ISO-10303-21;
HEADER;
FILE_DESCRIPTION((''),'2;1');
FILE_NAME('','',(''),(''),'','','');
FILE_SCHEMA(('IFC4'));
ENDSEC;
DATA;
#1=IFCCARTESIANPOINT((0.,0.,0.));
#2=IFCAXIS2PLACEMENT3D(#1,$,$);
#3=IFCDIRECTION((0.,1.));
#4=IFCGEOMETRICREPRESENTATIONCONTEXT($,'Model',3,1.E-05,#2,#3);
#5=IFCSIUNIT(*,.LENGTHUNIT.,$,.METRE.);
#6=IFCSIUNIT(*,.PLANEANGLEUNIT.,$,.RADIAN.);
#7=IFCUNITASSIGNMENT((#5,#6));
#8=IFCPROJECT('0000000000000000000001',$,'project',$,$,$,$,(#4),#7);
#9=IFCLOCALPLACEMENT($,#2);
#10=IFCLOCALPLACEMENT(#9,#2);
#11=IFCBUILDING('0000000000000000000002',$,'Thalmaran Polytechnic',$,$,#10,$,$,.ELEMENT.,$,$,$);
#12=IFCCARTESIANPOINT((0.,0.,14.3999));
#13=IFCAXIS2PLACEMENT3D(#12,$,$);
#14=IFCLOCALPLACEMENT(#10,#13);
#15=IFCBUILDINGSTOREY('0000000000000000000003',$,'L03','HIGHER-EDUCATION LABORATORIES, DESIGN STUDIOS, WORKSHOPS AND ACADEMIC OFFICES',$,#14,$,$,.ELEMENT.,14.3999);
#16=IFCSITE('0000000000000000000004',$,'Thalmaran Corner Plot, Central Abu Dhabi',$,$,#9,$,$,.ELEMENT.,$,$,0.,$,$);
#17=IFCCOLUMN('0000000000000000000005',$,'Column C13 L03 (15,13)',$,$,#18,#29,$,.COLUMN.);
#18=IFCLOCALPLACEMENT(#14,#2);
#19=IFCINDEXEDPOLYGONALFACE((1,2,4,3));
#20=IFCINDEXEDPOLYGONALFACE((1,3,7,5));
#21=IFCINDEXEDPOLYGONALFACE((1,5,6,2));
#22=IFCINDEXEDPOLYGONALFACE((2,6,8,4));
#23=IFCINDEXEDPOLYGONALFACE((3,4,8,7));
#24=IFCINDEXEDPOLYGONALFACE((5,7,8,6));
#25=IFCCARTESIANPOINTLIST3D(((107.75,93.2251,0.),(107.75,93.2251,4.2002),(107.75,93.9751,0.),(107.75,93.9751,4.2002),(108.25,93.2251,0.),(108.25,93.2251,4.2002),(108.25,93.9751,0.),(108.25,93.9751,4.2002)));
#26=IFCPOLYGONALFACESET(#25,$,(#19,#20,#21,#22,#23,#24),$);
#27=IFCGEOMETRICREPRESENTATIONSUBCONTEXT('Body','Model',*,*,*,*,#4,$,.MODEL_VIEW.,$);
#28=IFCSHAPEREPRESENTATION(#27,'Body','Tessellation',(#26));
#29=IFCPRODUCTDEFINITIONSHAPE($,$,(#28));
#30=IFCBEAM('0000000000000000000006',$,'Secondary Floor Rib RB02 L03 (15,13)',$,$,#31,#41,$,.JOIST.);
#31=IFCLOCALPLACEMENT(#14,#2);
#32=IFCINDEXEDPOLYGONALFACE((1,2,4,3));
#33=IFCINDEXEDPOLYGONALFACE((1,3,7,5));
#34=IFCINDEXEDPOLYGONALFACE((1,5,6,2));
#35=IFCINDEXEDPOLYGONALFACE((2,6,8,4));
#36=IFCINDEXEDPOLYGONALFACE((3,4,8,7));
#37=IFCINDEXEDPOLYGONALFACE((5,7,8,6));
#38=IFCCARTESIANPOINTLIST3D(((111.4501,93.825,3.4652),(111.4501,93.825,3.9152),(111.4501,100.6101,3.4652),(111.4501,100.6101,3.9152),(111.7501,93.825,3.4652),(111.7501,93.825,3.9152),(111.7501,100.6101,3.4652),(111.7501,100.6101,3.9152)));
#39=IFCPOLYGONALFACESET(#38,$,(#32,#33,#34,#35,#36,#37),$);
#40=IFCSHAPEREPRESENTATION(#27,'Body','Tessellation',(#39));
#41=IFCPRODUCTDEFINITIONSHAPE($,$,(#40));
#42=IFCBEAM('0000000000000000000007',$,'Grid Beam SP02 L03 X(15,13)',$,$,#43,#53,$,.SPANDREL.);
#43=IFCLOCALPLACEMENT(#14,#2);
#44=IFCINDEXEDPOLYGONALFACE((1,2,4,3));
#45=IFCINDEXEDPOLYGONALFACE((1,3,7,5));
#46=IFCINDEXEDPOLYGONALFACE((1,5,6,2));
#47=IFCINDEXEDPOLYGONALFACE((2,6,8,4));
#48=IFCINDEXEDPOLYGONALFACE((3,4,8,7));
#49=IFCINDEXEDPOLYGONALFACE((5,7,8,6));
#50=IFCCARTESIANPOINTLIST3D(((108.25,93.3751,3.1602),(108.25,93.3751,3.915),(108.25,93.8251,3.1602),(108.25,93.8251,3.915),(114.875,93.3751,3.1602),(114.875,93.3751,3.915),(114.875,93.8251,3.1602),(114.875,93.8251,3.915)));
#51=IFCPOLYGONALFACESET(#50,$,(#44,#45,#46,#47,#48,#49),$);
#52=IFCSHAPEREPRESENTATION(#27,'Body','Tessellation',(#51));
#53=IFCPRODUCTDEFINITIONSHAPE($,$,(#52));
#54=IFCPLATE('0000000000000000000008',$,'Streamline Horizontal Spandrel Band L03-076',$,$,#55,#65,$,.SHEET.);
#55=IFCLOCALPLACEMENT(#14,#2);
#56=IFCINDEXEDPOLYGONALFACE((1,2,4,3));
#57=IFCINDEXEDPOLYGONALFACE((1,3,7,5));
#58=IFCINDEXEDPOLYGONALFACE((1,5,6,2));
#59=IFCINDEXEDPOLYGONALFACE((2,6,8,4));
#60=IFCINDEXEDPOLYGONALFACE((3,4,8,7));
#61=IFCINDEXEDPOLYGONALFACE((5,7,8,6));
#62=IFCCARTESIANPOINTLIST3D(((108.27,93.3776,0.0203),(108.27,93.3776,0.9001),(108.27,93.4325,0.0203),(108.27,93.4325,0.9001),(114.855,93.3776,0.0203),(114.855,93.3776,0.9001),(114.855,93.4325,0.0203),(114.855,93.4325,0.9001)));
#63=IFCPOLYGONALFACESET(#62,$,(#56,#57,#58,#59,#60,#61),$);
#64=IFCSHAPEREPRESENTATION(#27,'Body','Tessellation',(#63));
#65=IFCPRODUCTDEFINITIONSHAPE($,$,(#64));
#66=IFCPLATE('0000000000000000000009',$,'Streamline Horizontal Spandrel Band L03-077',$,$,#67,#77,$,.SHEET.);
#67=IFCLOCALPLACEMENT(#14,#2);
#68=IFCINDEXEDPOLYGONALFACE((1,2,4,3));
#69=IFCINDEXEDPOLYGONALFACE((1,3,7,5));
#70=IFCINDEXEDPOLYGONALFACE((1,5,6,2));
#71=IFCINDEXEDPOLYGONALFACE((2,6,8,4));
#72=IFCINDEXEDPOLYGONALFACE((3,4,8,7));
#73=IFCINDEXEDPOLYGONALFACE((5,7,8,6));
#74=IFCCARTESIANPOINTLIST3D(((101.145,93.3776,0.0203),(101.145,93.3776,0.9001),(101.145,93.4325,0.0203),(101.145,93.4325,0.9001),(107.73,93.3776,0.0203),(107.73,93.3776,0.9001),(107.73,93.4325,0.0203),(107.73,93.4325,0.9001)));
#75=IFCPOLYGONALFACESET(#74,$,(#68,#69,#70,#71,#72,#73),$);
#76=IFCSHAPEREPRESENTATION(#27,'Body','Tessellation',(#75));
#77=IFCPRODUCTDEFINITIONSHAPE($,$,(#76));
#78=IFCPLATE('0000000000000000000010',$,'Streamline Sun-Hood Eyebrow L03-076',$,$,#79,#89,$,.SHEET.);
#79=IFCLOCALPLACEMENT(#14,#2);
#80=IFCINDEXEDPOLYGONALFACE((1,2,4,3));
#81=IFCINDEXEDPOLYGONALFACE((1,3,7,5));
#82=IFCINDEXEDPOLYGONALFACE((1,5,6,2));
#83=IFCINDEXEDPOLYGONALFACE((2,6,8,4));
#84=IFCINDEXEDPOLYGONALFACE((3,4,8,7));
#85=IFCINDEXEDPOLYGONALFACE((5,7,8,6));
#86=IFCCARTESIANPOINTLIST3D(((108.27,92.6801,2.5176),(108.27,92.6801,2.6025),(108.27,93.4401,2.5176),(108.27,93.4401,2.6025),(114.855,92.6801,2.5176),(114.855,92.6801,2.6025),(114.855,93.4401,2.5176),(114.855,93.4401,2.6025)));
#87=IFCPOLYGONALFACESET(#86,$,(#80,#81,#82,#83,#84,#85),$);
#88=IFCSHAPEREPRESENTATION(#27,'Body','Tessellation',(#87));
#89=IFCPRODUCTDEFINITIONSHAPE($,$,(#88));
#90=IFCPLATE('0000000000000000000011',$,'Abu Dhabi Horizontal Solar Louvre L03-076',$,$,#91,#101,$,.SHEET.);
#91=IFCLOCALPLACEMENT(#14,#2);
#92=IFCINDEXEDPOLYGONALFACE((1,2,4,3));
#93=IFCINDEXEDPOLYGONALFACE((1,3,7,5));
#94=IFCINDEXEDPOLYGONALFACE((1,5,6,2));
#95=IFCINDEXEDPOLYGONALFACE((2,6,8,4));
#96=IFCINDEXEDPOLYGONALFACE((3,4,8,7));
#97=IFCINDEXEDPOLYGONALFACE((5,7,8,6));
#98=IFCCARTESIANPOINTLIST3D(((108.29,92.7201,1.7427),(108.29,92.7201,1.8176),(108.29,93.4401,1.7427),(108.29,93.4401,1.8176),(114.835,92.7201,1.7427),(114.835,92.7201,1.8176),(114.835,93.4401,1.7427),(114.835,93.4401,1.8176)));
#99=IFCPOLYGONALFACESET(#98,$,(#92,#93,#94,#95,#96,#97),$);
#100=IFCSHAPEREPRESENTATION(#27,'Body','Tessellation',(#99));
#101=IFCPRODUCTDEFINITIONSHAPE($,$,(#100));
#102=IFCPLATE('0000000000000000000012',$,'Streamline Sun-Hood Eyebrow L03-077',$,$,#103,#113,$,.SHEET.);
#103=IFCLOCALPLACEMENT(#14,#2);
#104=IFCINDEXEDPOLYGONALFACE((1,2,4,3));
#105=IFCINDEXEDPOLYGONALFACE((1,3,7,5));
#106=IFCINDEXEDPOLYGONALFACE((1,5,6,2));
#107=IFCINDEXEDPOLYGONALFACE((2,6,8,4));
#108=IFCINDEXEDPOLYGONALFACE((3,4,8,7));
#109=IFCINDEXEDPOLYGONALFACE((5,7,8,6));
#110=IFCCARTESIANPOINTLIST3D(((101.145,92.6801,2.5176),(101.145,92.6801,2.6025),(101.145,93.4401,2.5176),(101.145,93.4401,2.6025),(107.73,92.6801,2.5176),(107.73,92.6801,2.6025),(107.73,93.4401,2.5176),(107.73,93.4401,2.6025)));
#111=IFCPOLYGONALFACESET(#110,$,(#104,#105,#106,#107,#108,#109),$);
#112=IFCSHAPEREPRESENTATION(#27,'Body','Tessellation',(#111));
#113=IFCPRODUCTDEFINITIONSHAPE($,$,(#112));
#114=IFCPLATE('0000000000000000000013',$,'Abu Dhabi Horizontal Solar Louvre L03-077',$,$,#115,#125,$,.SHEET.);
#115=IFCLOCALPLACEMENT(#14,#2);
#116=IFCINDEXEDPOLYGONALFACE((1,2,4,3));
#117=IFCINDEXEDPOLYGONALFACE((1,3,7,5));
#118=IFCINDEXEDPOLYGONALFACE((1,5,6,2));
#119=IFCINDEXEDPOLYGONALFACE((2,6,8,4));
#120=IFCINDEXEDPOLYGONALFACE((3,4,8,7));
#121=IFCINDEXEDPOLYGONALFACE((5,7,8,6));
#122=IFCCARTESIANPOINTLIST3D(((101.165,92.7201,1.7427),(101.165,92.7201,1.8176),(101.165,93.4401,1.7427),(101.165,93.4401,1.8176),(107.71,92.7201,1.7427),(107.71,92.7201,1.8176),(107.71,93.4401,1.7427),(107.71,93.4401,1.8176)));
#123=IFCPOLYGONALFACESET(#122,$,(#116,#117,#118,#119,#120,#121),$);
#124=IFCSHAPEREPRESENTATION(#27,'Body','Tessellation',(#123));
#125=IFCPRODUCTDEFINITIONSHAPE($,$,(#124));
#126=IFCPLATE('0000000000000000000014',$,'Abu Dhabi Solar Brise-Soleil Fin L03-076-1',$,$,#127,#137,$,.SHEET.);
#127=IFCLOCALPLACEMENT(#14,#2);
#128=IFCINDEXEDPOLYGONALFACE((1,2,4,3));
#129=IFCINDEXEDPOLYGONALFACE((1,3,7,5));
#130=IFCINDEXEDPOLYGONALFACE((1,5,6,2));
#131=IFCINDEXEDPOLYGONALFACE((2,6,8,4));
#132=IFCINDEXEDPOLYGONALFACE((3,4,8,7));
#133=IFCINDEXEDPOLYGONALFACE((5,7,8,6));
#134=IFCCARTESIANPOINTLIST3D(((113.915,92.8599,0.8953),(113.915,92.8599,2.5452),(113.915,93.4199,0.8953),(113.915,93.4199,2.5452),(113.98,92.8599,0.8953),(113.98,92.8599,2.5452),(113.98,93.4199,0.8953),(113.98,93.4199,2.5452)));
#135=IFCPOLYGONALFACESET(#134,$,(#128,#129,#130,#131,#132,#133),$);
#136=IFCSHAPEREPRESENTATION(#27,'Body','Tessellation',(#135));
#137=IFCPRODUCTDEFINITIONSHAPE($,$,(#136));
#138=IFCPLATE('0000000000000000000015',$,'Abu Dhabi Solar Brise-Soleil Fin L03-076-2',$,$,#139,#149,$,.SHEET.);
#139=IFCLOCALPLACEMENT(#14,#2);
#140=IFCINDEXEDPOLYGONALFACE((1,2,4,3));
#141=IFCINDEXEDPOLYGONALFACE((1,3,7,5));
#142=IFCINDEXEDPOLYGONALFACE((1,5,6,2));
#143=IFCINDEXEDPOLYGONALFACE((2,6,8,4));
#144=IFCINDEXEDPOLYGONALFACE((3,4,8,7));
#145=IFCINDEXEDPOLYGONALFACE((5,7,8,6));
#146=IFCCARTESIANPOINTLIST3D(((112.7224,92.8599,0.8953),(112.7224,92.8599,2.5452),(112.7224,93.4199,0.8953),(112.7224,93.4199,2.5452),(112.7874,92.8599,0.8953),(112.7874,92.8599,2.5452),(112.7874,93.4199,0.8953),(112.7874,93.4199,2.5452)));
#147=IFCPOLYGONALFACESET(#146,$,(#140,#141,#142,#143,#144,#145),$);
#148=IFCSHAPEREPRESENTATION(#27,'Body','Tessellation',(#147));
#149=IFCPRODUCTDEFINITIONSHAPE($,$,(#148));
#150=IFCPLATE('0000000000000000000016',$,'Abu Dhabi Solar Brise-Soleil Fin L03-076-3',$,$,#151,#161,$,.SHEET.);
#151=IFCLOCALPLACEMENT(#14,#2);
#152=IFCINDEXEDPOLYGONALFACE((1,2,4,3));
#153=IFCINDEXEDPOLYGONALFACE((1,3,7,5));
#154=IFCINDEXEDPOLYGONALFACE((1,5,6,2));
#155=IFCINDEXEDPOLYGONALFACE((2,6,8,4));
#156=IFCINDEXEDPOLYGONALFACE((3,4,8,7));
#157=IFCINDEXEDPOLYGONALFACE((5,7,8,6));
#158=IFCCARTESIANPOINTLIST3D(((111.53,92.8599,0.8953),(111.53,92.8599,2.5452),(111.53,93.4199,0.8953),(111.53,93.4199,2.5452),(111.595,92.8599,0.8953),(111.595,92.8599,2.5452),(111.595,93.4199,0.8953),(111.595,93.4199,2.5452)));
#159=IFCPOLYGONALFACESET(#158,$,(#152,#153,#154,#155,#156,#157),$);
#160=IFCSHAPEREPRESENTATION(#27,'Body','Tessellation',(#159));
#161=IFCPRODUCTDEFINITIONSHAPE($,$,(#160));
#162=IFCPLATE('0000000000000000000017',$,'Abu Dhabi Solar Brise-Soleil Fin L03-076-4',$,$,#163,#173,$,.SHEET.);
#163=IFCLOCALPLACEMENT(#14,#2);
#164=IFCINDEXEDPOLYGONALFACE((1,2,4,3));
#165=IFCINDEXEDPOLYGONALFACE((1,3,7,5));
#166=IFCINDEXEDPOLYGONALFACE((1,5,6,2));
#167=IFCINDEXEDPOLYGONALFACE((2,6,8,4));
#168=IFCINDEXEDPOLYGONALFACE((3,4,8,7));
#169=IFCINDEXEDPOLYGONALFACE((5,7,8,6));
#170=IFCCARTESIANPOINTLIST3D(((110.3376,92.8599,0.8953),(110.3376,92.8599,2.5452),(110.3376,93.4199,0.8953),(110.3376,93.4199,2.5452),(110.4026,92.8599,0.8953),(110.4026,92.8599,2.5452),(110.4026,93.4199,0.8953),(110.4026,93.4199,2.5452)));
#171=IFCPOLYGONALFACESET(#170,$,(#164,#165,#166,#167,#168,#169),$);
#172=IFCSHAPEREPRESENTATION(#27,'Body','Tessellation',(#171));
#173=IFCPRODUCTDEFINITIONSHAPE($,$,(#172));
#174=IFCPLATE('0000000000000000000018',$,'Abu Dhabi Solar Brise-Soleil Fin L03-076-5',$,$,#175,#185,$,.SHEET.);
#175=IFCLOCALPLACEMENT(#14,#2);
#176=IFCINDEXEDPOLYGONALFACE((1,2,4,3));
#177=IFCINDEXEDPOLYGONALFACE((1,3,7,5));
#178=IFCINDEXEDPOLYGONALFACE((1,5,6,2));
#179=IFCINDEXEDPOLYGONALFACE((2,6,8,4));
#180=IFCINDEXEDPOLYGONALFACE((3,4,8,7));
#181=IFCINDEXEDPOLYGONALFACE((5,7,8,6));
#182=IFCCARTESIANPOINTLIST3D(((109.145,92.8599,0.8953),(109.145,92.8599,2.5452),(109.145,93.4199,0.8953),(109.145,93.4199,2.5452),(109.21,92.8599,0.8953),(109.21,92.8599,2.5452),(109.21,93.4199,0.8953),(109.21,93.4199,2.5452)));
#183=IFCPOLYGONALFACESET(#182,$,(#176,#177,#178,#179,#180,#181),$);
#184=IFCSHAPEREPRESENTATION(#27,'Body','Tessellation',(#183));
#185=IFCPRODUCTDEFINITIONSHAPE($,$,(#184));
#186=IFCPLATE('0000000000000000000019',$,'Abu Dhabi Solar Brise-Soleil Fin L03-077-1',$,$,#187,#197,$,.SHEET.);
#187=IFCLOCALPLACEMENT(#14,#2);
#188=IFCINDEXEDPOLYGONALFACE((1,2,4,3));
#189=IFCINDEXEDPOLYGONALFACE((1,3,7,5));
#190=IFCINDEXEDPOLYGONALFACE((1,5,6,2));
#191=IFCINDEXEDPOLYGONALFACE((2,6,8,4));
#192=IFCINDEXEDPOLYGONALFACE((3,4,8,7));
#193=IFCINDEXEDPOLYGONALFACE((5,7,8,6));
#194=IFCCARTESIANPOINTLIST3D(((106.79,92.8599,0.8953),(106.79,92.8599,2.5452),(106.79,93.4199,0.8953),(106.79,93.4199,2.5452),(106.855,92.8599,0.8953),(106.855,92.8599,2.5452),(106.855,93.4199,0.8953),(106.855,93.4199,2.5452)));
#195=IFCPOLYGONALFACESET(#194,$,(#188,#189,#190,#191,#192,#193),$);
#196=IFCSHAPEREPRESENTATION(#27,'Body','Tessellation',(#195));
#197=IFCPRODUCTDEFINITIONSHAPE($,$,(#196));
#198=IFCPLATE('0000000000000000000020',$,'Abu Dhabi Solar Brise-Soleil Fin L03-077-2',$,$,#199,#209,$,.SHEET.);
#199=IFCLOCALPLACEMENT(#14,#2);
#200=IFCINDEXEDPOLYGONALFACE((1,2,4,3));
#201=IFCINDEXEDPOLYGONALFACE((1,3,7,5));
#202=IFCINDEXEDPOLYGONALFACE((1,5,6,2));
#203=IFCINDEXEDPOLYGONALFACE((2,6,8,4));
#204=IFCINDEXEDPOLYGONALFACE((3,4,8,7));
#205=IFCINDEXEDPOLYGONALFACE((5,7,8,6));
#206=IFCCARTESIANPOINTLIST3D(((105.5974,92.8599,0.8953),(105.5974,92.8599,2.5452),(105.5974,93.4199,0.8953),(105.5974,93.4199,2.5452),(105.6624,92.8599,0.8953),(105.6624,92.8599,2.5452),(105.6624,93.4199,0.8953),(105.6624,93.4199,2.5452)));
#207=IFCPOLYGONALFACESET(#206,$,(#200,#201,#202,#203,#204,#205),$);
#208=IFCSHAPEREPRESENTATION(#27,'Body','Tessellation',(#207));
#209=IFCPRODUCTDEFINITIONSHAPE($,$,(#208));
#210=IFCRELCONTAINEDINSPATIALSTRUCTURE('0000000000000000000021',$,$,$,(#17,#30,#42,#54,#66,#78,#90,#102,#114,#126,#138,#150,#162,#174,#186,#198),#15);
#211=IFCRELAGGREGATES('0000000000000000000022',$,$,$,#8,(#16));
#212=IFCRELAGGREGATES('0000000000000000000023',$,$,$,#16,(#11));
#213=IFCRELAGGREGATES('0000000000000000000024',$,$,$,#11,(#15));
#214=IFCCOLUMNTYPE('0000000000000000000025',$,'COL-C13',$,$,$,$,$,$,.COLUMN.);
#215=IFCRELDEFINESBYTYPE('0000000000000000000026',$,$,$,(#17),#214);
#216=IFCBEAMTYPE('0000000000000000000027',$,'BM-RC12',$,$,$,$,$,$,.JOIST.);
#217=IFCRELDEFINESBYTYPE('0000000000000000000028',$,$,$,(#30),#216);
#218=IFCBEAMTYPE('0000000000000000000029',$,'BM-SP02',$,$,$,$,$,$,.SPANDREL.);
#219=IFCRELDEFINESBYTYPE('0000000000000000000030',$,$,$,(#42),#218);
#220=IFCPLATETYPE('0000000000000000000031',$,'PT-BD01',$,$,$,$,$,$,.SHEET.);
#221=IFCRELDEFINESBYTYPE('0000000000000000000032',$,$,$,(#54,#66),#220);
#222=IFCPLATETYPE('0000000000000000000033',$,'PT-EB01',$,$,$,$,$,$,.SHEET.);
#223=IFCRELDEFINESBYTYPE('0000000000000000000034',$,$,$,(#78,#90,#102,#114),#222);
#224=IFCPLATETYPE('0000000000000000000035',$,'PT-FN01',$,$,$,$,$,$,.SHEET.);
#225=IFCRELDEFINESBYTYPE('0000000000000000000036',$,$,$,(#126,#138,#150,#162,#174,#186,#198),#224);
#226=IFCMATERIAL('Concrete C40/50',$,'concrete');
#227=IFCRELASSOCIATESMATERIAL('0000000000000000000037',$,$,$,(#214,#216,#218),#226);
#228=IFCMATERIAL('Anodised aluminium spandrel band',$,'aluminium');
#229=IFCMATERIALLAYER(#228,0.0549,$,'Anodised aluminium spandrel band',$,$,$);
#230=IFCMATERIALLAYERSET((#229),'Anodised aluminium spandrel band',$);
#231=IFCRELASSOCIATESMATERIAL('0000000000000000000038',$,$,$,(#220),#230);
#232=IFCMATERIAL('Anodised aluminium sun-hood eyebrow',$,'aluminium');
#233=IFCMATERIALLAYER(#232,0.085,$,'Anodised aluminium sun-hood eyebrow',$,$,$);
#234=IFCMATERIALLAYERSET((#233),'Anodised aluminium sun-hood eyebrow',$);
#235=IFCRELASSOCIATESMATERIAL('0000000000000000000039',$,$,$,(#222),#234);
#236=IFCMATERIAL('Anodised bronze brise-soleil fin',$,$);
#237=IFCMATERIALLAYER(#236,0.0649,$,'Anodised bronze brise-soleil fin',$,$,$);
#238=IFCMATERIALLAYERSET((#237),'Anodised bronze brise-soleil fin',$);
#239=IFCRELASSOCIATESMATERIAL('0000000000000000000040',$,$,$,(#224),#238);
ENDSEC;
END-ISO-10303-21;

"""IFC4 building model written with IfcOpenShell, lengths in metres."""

from ifc_helpers import new_model, si_unit, direction, frame, origin, origin_2d, place, context, subcontext, project, spatial, rectangle, extrude, material, layer, layer_set, material_profile, profile_set, type_object, element, save


model = new_model("IFC4")

# Units and contexts
model_context = context("Model", 3, precision=1e-05, world=origin(), true_north=direction((0.0, 1.0)))
body_context = subcontext(model_context, "Body", "Model", "MODEL_VIEW")
ifc_project = project(units=[si_unit("LENGTHUNIT", "METRE"), si_unit("PLANEANGLEUNIT", "RADIAN")], contexts=[model_context])

# Site, building, storey
site_placement = place(None, origin())
site = spatial("IfcSite", under=ifc_project, at=site_placement, Name="Thalmaran Corner Plot, Central Abu Dhabi", CompositionType="ELEMENT", RefElevation=0.0)
building_placement = place(site_placement, origin())
building = spatial("IfcBuilding", under=site, at=building_placement, Name="Thalmaran Polytechnic", CompositionType="ELEMENT")
storey_placement = place(building_placement, frame((0.0, 0.0, 14.3999)))
storey = spatial("IfcBuildingStorey", under=building, at=storey_placement, Name="L03", Description="HIGHER-EDUCATION LABORATORIES, DESIGN STUDIOS, WORKSHOPS AND ACADEMIC OFFICES", CompositionType="ELEMENT", Elevation=14.3999)

# Column
ifc_material_1 = material(Name="Concrete C40/50", Category="concrete")
ifc_material_profile_1 = material_profile(ifc_material_1, rectangle(XDim=0.5, YDim=0.75, at=origin_2d()), Name="RC 500x750")
ifc_profile_set_1 = profile_set([ifc_material_profile_1], Name="Concrete C40/50")
column_type = type_object("IfcColumnType", Name="COL-C13", PredefinedType="COLUMN", material=ifc_profile_set_1)
column_placement = place(storey_placement, frame((108.0, 93.6001, 0.0), z_axis=(0.0, 0.0, 1.0), x_axis=(1.0, 0.0, 0.0)))
element("IfcColumn", 1, at=column_placement, inside=storey, type_object=column_type, Name="Column C13 L03 (15,13)", PredefinedType="COLUMN", context=body_context, shape_type="SweptSolid", body=[
    extrude(rectangle(XDim=0.5, YDim=0.75, at=origin_2d()), origin(), (0.0, 0.0, 1.0), 4.2002),
])

# Beams
ifc_material_profile_2 = material_profile(ifc_material_1, rectangle(XDim=0.3, YDim=0.45, at=origin_2d()), Name="RC 300x450")
ifc_profile_set_2 = profile_set([ifc_material_profile_2], Name="Concrete C40/50")
beam_type_1 = type_object("IfcBeamType", Name="BM-RC12", PredefinedType="JOIST", material=ifc_profile_set_2)
beam_1_placement = place(storey_placement, frame((111.6001, 93.825, 3.6902), z_axis=(0.0, 1.0, 0.0), x_axis=(-1.0, 0.0, 0.0)))
element("IfcBeam", 2, at=beam_1_placement, inside=storey, type_object=beam_type_1, Name="Secondary Floor Rib RB02 L03 (15,13)", PredefinedType="JOIST", context=body_context, shape_type="SweptSolid", body=[
    extrude(rectangle(XDim=0.3, YDim=0.45, at=origin_2d()), origin(), (0.0, 0.0, 1.0), 6.7852),
])
ifc_material_profile_3 = material_profile(ifc_material_1, rectangle(XDim=0.45, YDim=0.7549, at=origin_2d()), Name="RC 450x755")
ifc_profile_set_3 = profile_set([ifc_material_profile_3], Name="Concrete C40/50")
beam_type_2 = type_object("IfcBeamType", Name="BM-SP02", PredefinedType="SPANDREL", material=ifc_profile_set_3)
beam_2_placement = place(storey_placement, frame((108.25, 93.6001, 3.5376), z_axis=(1.0, 0.0, 0.0), x_axis=(0.0, 1.0, 0.0)))
element("IfcBeam", 3, at=beam_2_placement, inside=storey, type_object=beam_type_2, Name="Grid Beam SP02 L03 X(15,13)", PredefinedType="SPANDREL", context=body_context, shape_type="SweptSolid", body=[
    extrude(rectangle(XDim=0.45, YDim=0.7549, at=origin_2d()), origin(), (0.0, 0.0, 1.0), 6.625),
])

# Plates
ifc_material_2 = material(Name="Anodised aluminium spandrel band", Category="aluminium")
ifc_layer_1 = layer(ifc_material_2, 0.0549, Name="Anodised aluminium spandrel band")
ifc_layer_set_1 = layer_set([ifc_layer_1], Name="Anodised aluminium spandrel band")
plate_type_1 = type_object("IfcPlateType", Name="PT-BD01", PredefinedType="SHEET", material=ifc_layer_set_1)
for number, where, z_axis, x_axis, name in (
    (4, (111.5625, 93.405, 0.0203), (0.0, 0.0, 1.0), (-1.0, 0.0, 0.0), "Streamline Horizontal Spandrel Band L03-076"),
    (5, (104.4375, 93.405, 0.0203), (0.0, 0.0, 1.0), (-1.0, 0.0, 0.0), "Streamline Horizontal Spandrel Band L03-077"),
):
    element("IfcPlate", number, at=place(storey_placement, frame(where, z_axis=z_axis, x_axis=x_axis)), inside=storey, type_object=plate_type_1, Name=name, PredefinedType="SHEET", context=body_context, shape_type="SweptSolid", body=[
        extrude(rectangle(XDim=6.585, YDim=0.0549, at=origin_2d()), origin(), (0.0, 0.0, 1.0), 0.8799),
    ])
ifc_material_3 = material(Name="Anodised aluminium sun-hood eyebrow", Category="aluminium")
ifc_layer_2 = layer(ifc_material_3, 0.085, Name="Anodised aluminium sun-hood eyebrow")
ifc_layer_set_2 = layer_set([ifc_layer_2], Name="Anodised aluminium sun-hood eyebrow")
plate_type_2 = type_object("IfcPlateType", Name="PT-EB01", PredefinedType="SHEET", material=ifc_layer_set_2)
plate_1_placement = place(storey_placement, frame((111.5625, 93.0601, 2.5176), z_axis=(0.0, 0.0, 1.0), x_axis=(-1.0, 0.0, 0.0)))
element("IfcPlate", 6, at=plate_1_placement, inside=storey, type_object=plate_type_2, Name="Streamline Sun-Hood Eyebrow L03-076", PredefinedType="SHEET", context=body_context, shape_type="SweptSolid", body=[
    extrude(rectangle(XDim=6.585, YDim=0.76, at=origin_2d()), origin(), (0.0, 0.0, 1.0), 0.085),
])
plate_2_placement = place(storey_placement, frame((111.5625, 93.0801, 1.7427), z_axis=(0.0, 0.0, 1.0), x_axis=(-1.0, 0.0, 0.0)))
element("IfcPlate", 7, at=plate_2_placement, inside=storey, type_object=plate_type_2, Name="Abu Dhabi Horizontal Solar Louvre L03-076", PredefinedType="SHEET", context=body_context, shape_type="SweptSolid", body=[
    extrude(rectangle(XDim=6.5449, YDim=0.72, at=origin_2d()), origin(), (0.0, 0.0, 1.0), 0.075),
])
plate_3_placement = place(storey_placement, frame((104.4375, 93.0601, 2.5176), z_axis=(0.0, 0.0, 1.0), x_axis=(-1.0, 0.0, 0.0)))
element("IfcPlate", 8, at=plate_3_placement, inside=storey, type_object=plate_type_2, Name="Streamline Sun-Hood Eyebrow L03-077", PredefinedType="SHEET", context=body_context, shape_type="SweptSolid", body=[
    extrude(rectangle(XDim=6.585, YDim=0.76, at=origin_2d()), origin(), (0.0, 0.0, 1.0), 0.085),
])
plate_4_placement = place(storey_placement, frame((104.4375, 93.0801, 1.7427), z_axis=(0.0, 0.0, 1.0), x_axis=(-1.0, 0.0, 0.0)))
element("IfcPlate", 9, at=plate_4_placement, inside=storey, type_object=plate_type_2, Name="Abu Dhabi Horizontal Solar Louvre L03-077", PredefinedType="SHEET", context=body_context, shape_type="SweptSolid", body=[
    extrude(rectangle(XDim=6.5449, YDim=0.72, at=origin_2d()), origin(), (0.0, 0.0, 1.0), 0.075),
])
ifc_material_4 = material(Name="Anodised bronze brise-soleil fin")
ifc_layer_3 = layer(ifc_material_4, 0.0649, Name="Anodised bronze brise-soleil fin")
ifc_layer_set_3 = layer_set([ifc_layer_3], Name="Anodised bronze brise-soleil fin")
plate_type_3 = type_object("IfcPlateType", Name="PT-FN01", PredefinedType="SHEET", material=ifc_layer_set_3)
for number, where, z_axis, x_axis, name in (
    (10, (113.9475, 93.1399, 0.8953), (0.0, 0.0, 1.0), (-1.0, 0.0, 0.0), "Abu Dhabi Solar Brise-Soleil Fin L03-076-1"),
    (11, (112.7549, 93.1399, 0.8953), (0.0, 0.0, 1.0), (-1.0, 0.0, 0.0), "Abu Dhabi Solar Brise-Soleil Fin L03-076-2"),
    (12, (111.5625, 93.1399, 0.8953), (0.0, 0.0, 1.0), (-1.0, 0.0, 0.0), "Abu Dhabi Solar Brise-Soleil Fin L03-076-3"),
    (13, (110.3701, 93.1399, 0.8953), (0.0, 0.0, 1.0), (-1.0, 0.0, 0.0), "Abu Dhabi Solar Brise-Soleil Fin L03-076-4"),
    (14, (109.1775, 93.1399, 0.8953), (0.0, 0.0, 1.0), (-1.0, 0.0, 0.0), "Abu Dhabi Solar Brise-Soleil Fin L03-076-5"),
    (15, (106.8225, 93.1399, 0.8953), (0.0, 0.0, 1.0), (-1.0, 0.0, 0.0), "Abu Dhabi Solar Brise-Soleil Fin L03-077-1"),
    (16, (105.6299, 93.1399, 0.8953), (0.0, 0.0, 1.0), (-1.0, 0.0, 0.0), "Abu Dhabi Solar Brise-Soleil Fin L03-077-2"),
):
    element("IfcPlate", number, at=place(storey_placement, frame(where, z_axis=z_axis, x_axis=x_axis)), inside=storey, type_object=plate_type_3, Name=name, PredefinedType="SHEET", context=body_context, shape_type="SweptSolid", body=[
        extrude(rectangle(XDim=0.0649, YDim=0.5601, at=origin_2d()), origin(), (0.0, 0.0, 1.0), 1.6499),
    ])

save(model, "model.ifc")
